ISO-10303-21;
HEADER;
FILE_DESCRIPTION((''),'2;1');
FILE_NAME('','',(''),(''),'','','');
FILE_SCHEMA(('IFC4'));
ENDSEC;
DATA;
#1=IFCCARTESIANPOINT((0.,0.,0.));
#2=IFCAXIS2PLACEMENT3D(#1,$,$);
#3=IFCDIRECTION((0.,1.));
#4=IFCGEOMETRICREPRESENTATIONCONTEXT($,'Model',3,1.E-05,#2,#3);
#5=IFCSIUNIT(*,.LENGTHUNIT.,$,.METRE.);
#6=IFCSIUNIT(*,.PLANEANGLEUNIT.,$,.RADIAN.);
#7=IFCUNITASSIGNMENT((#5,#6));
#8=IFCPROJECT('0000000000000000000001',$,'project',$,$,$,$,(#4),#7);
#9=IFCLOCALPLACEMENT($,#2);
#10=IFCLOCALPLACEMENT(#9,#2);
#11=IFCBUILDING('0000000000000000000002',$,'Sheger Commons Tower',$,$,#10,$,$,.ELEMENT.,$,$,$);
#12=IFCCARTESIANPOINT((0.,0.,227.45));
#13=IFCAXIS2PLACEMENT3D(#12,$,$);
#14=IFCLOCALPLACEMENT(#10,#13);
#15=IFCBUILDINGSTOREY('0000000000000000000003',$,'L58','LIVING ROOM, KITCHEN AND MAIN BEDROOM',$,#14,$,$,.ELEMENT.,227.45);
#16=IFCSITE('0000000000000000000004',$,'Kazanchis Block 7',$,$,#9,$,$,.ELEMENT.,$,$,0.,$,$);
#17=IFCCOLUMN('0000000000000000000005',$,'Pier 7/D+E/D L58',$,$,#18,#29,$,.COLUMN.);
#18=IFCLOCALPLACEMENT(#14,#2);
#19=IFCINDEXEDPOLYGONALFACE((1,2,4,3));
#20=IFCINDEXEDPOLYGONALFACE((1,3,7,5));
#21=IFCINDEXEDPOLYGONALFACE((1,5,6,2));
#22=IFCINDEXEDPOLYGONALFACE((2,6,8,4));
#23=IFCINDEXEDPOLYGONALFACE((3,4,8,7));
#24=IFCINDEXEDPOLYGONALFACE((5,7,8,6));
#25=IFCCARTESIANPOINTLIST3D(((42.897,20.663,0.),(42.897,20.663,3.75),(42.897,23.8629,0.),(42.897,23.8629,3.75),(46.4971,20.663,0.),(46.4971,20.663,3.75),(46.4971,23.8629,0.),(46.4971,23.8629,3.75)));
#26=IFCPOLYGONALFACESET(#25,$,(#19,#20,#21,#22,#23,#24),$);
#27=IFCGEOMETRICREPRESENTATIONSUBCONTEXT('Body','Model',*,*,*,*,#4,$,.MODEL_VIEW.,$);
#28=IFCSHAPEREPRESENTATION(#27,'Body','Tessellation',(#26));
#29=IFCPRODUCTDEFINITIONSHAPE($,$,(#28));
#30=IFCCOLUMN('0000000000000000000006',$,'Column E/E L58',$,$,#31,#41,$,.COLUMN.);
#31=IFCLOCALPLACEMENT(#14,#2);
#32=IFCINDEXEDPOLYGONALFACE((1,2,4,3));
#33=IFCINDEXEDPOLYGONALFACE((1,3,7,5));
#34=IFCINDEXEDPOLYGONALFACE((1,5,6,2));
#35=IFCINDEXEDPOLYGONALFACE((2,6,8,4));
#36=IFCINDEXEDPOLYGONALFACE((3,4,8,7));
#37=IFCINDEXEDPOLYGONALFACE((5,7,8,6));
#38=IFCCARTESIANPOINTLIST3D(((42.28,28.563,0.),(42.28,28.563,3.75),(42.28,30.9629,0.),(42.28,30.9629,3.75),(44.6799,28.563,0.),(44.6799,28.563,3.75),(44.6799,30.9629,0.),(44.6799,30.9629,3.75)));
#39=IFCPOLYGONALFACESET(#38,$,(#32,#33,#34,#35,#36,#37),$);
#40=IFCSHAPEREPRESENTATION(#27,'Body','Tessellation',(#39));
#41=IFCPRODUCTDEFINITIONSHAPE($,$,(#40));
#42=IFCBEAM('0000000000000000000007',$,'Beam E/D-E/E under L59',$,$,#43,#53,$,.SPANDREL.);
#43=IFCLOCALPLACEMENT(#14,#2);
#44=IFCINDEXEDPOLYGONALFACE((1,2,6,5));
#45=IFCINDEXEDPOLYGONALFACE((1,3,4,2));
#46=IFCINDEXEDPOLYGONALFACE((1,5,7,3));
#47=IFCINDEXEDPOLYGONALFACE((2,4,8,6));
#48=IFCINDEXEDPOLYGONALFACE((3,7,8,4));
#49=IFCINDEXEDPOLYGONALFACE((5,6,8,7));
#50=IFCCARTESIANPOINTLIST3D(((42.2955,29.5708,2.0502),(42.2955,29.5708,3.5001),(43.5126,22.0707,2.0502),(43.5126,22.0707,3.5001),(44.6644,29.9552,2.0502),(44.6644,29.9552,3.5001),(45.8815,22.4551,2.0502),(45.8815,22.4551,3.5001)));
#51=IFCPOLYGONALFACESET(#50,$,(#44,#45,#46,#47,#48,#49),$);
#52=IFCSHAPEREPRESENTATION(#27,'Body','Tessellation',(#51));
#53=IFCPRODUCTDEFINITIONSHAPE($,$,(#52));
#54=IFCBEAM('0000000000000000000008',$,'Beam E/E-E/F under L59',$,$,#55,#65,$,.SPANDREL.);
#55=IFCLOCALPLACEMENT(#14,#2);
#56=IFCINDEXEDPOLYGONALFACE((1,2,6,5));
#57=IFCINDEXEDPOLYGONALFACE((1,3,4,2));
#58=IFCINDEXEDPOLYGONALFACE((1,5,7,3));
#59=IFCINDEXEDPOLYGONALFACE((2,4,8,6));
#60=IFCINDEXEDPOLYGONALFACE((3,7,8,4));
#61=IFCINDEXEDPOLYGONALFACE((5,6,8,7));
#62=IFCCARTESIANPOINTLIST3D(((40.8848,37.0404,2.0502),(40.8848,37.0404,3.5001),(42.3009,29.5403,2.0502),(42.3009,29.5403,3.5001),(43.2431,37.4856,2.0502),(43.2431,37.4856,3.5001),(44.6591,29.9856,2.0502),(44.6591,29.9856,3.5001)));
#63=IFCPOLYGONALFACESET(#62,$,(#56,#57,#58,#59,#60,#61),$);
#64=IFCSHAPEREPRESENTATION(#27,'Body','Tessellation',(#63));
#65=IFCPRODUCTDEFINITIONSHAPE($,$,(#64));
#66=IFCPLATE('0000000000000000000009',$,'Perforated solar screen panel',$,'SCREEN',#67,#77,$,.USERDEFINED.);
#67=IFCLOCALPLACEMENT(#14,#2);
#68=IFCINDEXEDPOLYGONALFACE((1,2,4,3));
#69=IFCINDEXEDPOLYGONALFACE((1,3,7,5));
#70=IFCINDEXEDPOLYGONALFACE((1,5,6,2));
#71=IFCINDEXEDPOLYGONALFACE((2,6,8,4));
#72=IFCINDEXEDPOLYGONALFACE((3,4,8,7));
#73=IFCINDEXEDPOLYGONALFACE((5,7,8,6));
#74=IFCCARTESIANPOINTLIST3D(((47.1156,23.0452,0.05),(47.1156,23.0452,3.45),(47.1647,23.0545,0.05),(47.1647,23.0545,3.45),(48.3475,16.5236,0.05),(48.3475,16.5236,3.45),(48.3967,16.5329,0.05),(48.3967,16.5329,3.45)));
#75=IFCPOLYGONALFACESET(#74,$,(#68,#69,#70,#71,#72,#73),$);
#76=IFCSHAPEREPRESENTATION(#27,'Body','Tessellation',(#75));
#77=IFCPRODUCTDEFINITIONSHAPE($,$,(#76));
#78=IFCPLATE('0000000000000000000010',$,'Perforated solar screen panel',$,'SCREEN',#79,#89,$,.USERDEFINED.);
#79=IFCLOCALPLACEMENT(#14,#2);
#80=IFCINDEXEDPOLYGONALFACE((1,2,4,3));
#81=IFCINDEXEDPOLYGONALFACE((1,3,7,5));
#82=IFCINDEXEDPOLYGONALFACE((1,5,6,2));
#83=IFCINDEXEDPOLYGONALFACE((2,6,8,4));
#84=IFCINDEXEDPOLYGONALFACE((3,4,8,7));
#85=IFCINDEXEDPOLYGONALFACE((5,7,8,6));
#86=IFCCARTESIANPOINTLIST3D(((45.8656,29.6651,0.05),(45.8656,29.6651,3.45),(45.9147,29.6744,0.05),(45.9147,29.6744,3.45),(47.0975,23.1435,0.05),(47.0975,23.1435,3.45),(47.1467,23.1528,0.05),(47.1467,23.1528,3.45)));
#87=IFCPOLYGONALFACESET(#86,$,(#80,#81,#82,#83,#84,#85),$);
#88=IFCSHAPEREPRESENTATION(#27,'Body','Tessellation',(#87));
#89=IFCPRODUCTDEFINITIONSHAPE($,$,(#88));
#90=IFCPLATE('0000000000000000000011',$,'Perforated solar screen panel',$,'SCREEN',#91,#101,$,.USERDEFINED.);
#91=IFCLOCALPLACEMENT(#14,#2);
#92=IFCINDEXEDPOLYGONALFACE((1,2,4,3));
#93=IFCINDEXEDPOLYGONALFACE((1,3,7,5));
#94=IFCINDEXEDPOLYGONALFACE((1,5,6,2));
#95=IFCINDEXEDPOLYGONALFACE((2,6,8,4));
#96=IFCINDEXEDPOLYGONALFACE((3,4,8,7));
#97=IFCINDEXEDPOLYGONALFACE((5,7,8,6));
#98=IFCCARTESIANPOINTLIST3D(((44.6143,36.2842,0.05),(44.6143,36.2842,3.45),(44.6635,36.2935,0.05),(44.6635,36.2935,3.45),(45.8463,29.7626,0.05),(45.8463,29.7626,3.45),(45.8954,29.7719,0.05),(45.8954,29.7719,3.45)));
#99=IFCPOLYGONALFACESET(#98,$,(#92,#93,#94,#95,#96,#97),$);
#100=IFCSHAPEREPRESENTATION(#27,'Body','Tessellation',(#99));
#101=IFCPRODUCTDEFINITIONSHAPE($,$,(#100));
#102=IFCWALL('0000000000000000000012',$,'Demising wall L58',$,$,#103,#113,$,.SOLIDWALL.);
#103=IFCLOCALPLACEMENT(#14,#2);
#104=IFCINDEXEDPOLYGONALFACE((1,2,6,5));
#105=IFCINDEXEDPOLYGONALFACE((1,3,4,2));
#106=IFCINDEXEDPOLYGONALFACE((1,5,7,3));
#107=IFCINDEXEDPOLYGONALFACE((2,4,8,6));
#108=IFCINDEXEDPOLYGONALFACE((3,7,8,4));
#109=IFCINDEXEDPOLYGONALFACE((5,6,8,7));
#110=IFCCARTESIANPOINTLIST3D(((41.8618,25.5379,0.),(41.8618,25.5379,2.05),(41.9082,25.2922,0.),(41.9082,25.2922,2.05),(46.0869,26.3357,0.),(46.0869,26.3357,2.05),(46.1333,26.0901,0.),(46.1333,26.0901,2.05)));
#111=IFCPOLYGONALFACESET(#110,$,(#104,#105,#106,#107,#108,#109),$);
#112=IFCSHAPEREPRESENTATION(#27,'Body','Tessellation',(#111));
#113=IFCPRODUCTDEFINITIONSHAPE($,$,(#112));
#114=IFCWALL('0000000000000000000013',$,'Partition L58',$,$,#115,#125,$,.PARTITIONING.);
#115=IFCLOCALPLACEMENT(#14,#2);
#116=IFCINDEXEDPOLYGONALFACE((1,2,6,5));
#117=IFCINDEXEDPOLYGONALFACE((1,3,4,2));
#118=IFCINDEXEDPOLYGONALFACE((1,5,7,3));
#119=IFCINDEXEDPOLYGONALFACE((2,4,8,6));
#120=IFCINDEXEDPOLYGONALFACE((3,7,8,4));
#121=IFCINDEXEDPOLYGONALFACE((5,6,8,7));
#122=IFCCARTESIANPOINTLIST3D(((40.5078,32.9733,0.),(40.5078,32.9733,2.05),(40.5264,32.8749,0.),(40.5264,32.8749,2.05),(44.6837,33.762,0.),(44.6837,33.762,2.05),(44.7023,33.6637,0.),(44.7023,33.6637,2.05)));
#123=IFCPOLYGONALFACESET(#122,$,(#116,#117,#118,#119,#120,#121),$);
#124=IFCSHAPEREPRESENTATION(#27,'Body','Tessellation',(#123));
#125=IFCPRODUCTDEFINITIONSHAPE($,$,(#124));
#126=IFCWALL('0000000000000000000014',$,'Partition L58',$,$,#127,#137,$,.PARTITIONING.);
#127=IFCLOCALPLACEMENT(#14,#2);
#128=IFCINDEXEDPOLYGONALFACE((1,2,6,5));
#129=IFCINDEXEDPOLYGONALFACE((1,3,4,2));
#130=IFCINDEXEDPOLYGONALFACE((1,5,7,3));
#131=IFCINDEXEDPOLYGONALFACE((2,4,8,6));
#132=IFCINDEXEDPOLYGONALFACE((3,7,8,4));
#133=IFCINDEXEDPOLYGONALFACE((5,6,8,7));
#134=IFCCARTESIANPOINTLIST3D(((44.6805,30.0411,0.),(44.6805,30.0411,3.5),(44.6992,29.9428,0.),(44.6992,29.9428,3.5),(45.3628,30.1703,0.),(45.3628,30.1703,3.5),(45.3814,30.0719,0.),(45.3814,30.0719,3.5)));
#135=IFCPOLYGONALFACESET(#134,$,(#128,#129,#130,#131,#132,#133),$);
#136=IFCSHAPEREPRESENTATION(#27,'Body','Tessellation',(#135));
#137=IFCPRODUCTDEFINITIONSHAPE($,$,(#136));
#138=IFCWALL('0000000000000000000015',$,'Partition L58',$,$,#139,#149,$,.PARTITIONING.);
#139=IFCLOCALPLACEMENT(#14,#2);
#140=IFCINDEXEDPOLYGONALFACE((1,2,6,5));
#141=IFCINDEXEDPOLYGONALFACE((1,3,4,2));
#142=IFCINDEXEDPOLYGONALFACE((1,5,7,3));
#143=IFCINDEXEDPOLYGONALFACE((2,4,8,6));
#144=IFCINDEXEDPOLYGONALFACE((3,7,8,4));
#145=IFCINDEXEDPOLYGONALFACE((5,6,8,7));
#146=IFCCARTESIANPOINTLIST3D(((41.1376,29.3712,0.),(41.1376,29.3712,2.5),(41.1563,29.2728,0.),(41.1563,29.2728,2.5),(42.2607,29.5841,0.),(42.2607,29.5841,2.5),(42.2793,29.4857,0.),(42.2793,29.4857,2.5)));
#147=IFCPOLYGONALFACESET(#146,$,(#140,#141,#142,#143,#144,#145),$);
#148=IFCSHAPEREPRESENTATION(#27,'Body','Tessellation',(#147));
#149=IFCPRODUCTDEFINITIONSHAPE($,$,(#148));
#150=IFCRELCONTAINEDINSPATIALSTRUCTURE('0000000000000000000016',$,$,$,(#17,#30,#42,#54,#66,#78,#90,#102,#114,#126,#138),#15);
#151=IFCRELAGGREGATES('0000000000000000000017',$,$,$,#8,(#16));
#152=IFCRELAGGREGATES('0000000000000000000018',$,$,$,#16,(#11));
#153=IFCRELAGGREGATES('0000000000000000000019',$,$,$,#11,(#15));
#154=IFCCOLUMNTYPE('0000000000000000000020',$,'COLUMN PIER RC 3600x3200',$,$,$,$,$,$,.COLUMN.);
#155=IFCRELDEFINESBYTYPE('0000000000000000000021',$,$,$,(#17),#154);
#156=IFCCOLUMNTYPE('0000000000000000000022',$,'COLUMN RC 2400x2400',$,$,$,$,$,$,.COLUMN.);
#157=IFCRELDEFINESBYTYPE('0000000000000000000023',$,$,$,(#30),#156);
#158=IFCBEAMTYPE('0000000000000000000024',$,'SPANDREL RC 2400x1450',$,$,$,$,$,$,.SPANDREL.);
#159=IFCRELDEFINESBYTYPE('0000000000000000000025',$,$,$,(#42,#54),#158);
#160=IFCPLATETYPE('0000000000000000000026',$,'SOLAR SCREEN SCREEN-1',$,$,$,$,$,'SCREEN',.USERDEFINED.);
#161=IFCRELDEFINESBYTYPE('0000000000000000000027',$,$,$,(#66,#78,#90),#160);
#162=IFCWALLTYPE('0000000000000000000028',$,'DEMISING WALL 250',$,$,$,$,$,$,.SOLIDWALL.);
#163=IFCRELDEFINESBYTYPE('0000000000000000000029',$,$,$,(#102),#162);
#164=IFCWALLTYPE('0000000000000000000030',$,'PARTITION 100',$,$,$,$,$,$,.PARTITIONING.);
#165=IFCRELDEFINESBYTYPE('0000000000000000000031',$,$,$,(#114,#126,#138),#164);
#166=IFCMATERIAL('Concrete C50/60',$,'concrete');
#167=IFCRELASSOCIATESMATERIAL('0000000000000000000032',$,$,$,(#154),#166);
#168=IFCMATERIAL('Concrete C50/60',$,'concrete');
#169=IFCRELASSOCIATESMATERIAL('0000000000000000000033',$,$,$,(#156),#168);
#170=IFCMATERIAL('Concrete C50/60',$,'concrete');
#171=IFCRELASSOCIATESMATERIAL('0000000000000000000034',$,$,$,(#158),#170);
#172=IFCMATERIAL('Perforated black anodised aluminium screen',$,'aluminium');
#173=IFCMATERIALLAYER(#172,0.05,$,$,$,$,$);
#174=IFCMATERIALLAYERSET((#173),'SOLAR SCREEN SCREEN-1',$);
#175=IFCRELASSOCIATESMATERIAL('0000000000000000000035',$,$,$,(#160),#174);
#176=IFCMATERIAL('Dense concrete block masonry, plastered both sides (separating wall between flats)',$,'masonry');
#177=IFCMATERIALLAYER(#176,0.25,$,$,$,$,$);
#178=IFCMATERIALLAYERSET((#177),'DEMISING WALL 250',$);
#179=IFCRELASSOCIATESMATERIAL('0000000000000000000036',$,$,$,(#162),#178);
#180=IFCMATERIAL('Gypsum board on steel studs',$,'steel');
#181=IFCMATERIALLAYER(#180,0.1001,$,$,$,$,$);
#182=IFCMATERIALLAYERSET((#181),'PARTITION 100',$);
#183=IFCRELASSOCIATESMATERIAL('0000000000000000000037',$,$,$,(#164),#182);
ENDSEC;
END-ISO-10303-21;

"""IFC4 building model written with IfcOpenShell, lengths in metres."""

from ifc_helpers import new_model, si_unit, direction, frame, frame_2d, origin, origin_2d, place, context, subcontext, project, spatial, rectangle, extrude, material, layer, layer_set, material_profile, profile_set, type_object, element, save


model = new_model("IFC4")

# Units and contexts
model_context = context("Model", 3, precision=1e-05, world=origin(), true_north=direction((0.0, 1.0)))
body_context = subcontext(model_context, "Body", "Model", "MODEL_VIEW")
ifc_project = project(units=[si_unit("LENGTHUNIT", "METRE"), si_unit("PLANEANGLEUNIT", "RADIAN")], contexts=[model_context])

# Site, building, storey
site_placement = place(None, origin())
site = spatial("IfcSite", under=ifc_project, at=site_placement, Name="Kazanchis Block 7", CompositionType="ELEMENT", RefElevation=0.0)
building_placement = place(site_placement, origin())
building = spatial("IfcBuilding", under=site, at=building_placement, Name="Sheger Commons Tower", CompositionType="ELEMENT")
storey_placement = place(building_placement, frame((0.0, 0.0, 227.45)))
storey = spatial("IfcBuildingStorey", under=building, at=storey_placement, Name="L58", Description="LIVING ROOM, KITCHEN AND MAIN BEDROOM", CompositionType="ELEMENT", Elevation=227.45)

# Columns
ifc_material_1 = material(Name="Concrete C50/60", Category="concrete")
ifc_material_profile_1 = material_profile(ifc_material_1, rectangle(XDim=3.6001, YDim=3.2, at=origin_2d()), Name="RC 3600x3200")
ifc_profile_set_1 = profile_set([ifc_material_profile_1], Name="Concrete C50/60")
column_type_1 = type_object("IfcColumnType", Name="COLUMN PIER RC 3600x3200", PredefinedType="COLUMN", material=ifc_profile_set_1)
column_1_placement = place(storey_placement, frame((44.697, 22.2629, 0.0), z_axis=(0.0, 0.0, 1.0), x_axis=(1.0, 0.0, 0.0)))
element("IfcColumn", 1, at=column_1_placement, inside=storey, type_object=column_type_1, Name="Pier 7/D+E/D L58", PredefinedType="COLUMN", context=body_context, shape_type="SweptSolid", body=[
    extrude(rectangle(XDim=3.6001, YDim=3.2, at=origin_2d()), origin(), (0.0, 0.0, 1.0), 3.75),
])
ifc_material_2 = material(Name="Concrete C50/60", Category="concrete")
ifc_material_profile_2 = material_profile(ifc_material_2, rectangle(XDim=2.3999, YDim=2.3999, at=origin_2d()), Name="RC 2400x2400")
ifc_profile_set_2 = profile_set([ifc_material_profile_2], Name="Concrete C50/60")
column_type_2 = type_object("IfcColumnType", Name="COLUMN RC 2400x2400", PredefinedType="COLUMN", material=ifc_profile_set_2)
column_2_placement = place(storey_placement, frame((43.48, 29.7629, 0.0), z_axis=(0.0, 0.0, 1.0), x_axis=(1.0, 0.0, 0.0)))
element("IfcColumn", 2, at=column_2_placement, inside=storey, type_object=column_type_2, Name="Column E/E L58", PredefinedType="COLUMN", context=body_context, shape_type="SweptSolid", body=[
    extrude(rectangle(XDim=2.3999, YDim=2.3999, at=origin_2d()), origin(), (0.0, 0.0, 1.0), 3.75),
])

# Beams
ifc_material_3 = material(Name="Concrete C50/60", Category="concrete")
ifc_material_profile_3 = material_profile(ifc_material_3, rectangle(XDim=2.3999, YDim=1.45, at=origin_2d()), Name="RC 2400x1450")
ifc_profile_set_3 = profile_set([ifc_material_profile_3], Name="Concrete C50/60")
beam_type = type_object("IfcBeamType", Name="SPANDREL RC 2400x1450", PredefinedType="SPANDREL", material=ifc_profile_set_3)
beam_1_placement = place(storey_placement, frame((44.697, 22.2629, 2.7751), z_axis=(-0.160177, 0.987088, 0.0), x_axis=(-0.987088, -0.160177, 0.0)))
element("IfcBeam", 3, at=beam_1_placement, inside=storey, type_object=beam_type, Name="Beam E/D-E/E under L59", PredefinedType="SPANDREL", context=body_context, shape_type="SweptSolid", body=[
    extrude(rectangle(XDim=2.3999, YDim=1.45, at=origin_2d()), origin(), (0.0, 0.0, 1.0), 7.5981),
])
beam_2_placement = place(storey_placement, frame((43.48, 29.7629, 2.7751), z_axis=(-0.185524, 0.98264, 0.0), x_axis=(-0.98264, -0.185524, 0.0)))
element("IfcBeam", 4, at=beam_2_placement, inside=storey, type_object=beam_type, Name="Beam E/E-E/F under L59", PredefinedType="SPANDREL", context=body_context, shape_type="SweptSolid", body=[
    extrude(rectangle(XDim=2.3999, YDim=1.45, at=origin_2d()), origin(), (0.0, 0.0, 1.0), 7.6326),
])

# Plates
ifc_material_4 = material(Name="Perforated black anodised aluminium screen", Category="aluminium")
ifc_layer_1 = layer(ifc_material_4, 0.05)
ifc_layer_set_1 = layer_set([ifc_layer_1], Name="SOLAR SCREEN SCREEN-1")
plate_type = type_object("IfcPlateType", Name="SOLAR SCREEN SCREEN-1", ElementType="SCREEN", PredefinedType="USERDEFINED", material=ifc_layer_set_1)
for number, where, z_axis, x_axis, name in (
    (5, (47.7561, 19.7891, 0.05), (0.0, 0.0, 1.0), (-0.185615, 0.982623, 0.0), "Perforated solar screen panel"),
    (6, (46.5061, 26.4089, 0.05), (0.0, 0.0, 1.0), (-0.185615, 0.982623, 0.0), "Perforated solar screen panel"),
    (7, (45.2549, 33.0281, 0.05), (0.0, 0.0, 1.0), (-0.185615, 0.982623, 0.0), "Perforated solar screen panel"),
):
    element("IfcPlate", number, at=place(storey_placement, frame(where, z_axis=z_axis, x_axis=x_axis)), inside=storey, type_object=plate_type, Name=name, ObjectType="SCREEN", PredefinedType="USERDEFINED", context=body_context, shape_type="SweptSolid", body=[
        extrude(rectangle(XDim=6.637, YDim=0.05, at=origin_2d()), origin(), (0.0, 0.0, 1.0), 3.3999),
    ])

# Walls
ifc_material_5 = material(Name="Dense concrete block masonry, plastered both sides (separating wall between flats)", Category="masonry")
ifc_layer_2 = layer(ifc_material_5, 0.25)
ifc_layer_set_2 = layer_set([ifc_layer_2], Name="DEMISING WALL 250")
wall_type_1 = type_object("IfcWallType", Name="DEMISING WALL 250", PredefinedType="SOLIDWALL", material=ifc_layer_set_2)
wall_1_placement = place(storey_placement, frame((46.1101, 26.2129, 0.0), z_axis=(0.0, 0.0, 1.0), x_axis=(-0.982634, -0.185557, 0.0)))
element("IfcWall", 8, at=wall_1_placement, inside=storey, type_object=wall_type_1, Name="Demising wall L58", PredefinedType="SOLIDWALL", context=body_context, shape_type="SweptSolid", body=[
    extrude(rectangle(XDim=4.2998, YDim=0.25, at=frame_2d((2.1499, 0.0))), origin(), (0.0, 0.0, 1.0), 2.05),
])
ifc_material_6 = material(Name="Gypsum board on steel studs", Category="steel")
ifc_layer_3 = layer(ifc_material_6, 0.1001)
ifc_layer_set_3 = layer_set([ifc_layer_3], Name="PARTITION 100")
wall_type_2 = type_object("IfcWallType", Name="PARTITION 100", PredefinedType="PARTITIONING", material=ifc_layer_set_3)
wall_2_placement = place(storey_placement, frame((44.6931, 33.7129, 0.0), z_axis=(0.0, 0.0, 1.0), x_axis=(-0.982624, -0.18561, 0.0)))
element("IfcWall", 9, at=wall_2_placement, inside=storey, type_object=wall_type_2, Name="Partition L58", PredefinedType="PARTITIONING", context=body_context, shape_type="SweptSolid", body=[
    extrude(rectangle(XDim=4.2498, YDim=0.1001, at=frame_2d((2.125, 0.0))), origin(), (0.0, 0.0, 1.0), 2.05),
])
wall_3_placement = place(storey_placement, frame((45.3721, 30.1211, 0.0), z_axis=(0.0, 0.0, 1.0), x_axis=(-0.982544, -0.186029, 0.0)))
element("IfcWall", 10, at=wall_3_placement, inside=storey, type_object=wall_type_2, Name="Partition L58", PredefinedType="PARTITIONING", context=body_context, shape_type="SweptSolid", body=[
    extrude(rectangle(XDim=0.6943, YDim=0.1001, at=frame_2d((0.3472, 0.0))), origin(), (0.0, 0.0, 1.0), 3.5),
])
wall_4_placement = place(storey_placement, frame((42.27, 29.5349, 0.0), z_axis=(0.0, 0.0, 1.0), x_axis=(-0.982503, -0.186248, 0.0)))
element("IfcWall", 11, at=wall_4_placement, inside=storey, type_object=wall_type_2, Name="Partition L58", PredefinedType="PARTITIONING", context=body_context, shape_type="SweptSolid", body=[
    extrude(rectangle(XDim=1.1431, YDim=0.1001, at=frame_2d((0.5715, 0.0))), origin(), (0.0, 0.0, 1.0), 2.5),
])

save(model, "model.ifc")
